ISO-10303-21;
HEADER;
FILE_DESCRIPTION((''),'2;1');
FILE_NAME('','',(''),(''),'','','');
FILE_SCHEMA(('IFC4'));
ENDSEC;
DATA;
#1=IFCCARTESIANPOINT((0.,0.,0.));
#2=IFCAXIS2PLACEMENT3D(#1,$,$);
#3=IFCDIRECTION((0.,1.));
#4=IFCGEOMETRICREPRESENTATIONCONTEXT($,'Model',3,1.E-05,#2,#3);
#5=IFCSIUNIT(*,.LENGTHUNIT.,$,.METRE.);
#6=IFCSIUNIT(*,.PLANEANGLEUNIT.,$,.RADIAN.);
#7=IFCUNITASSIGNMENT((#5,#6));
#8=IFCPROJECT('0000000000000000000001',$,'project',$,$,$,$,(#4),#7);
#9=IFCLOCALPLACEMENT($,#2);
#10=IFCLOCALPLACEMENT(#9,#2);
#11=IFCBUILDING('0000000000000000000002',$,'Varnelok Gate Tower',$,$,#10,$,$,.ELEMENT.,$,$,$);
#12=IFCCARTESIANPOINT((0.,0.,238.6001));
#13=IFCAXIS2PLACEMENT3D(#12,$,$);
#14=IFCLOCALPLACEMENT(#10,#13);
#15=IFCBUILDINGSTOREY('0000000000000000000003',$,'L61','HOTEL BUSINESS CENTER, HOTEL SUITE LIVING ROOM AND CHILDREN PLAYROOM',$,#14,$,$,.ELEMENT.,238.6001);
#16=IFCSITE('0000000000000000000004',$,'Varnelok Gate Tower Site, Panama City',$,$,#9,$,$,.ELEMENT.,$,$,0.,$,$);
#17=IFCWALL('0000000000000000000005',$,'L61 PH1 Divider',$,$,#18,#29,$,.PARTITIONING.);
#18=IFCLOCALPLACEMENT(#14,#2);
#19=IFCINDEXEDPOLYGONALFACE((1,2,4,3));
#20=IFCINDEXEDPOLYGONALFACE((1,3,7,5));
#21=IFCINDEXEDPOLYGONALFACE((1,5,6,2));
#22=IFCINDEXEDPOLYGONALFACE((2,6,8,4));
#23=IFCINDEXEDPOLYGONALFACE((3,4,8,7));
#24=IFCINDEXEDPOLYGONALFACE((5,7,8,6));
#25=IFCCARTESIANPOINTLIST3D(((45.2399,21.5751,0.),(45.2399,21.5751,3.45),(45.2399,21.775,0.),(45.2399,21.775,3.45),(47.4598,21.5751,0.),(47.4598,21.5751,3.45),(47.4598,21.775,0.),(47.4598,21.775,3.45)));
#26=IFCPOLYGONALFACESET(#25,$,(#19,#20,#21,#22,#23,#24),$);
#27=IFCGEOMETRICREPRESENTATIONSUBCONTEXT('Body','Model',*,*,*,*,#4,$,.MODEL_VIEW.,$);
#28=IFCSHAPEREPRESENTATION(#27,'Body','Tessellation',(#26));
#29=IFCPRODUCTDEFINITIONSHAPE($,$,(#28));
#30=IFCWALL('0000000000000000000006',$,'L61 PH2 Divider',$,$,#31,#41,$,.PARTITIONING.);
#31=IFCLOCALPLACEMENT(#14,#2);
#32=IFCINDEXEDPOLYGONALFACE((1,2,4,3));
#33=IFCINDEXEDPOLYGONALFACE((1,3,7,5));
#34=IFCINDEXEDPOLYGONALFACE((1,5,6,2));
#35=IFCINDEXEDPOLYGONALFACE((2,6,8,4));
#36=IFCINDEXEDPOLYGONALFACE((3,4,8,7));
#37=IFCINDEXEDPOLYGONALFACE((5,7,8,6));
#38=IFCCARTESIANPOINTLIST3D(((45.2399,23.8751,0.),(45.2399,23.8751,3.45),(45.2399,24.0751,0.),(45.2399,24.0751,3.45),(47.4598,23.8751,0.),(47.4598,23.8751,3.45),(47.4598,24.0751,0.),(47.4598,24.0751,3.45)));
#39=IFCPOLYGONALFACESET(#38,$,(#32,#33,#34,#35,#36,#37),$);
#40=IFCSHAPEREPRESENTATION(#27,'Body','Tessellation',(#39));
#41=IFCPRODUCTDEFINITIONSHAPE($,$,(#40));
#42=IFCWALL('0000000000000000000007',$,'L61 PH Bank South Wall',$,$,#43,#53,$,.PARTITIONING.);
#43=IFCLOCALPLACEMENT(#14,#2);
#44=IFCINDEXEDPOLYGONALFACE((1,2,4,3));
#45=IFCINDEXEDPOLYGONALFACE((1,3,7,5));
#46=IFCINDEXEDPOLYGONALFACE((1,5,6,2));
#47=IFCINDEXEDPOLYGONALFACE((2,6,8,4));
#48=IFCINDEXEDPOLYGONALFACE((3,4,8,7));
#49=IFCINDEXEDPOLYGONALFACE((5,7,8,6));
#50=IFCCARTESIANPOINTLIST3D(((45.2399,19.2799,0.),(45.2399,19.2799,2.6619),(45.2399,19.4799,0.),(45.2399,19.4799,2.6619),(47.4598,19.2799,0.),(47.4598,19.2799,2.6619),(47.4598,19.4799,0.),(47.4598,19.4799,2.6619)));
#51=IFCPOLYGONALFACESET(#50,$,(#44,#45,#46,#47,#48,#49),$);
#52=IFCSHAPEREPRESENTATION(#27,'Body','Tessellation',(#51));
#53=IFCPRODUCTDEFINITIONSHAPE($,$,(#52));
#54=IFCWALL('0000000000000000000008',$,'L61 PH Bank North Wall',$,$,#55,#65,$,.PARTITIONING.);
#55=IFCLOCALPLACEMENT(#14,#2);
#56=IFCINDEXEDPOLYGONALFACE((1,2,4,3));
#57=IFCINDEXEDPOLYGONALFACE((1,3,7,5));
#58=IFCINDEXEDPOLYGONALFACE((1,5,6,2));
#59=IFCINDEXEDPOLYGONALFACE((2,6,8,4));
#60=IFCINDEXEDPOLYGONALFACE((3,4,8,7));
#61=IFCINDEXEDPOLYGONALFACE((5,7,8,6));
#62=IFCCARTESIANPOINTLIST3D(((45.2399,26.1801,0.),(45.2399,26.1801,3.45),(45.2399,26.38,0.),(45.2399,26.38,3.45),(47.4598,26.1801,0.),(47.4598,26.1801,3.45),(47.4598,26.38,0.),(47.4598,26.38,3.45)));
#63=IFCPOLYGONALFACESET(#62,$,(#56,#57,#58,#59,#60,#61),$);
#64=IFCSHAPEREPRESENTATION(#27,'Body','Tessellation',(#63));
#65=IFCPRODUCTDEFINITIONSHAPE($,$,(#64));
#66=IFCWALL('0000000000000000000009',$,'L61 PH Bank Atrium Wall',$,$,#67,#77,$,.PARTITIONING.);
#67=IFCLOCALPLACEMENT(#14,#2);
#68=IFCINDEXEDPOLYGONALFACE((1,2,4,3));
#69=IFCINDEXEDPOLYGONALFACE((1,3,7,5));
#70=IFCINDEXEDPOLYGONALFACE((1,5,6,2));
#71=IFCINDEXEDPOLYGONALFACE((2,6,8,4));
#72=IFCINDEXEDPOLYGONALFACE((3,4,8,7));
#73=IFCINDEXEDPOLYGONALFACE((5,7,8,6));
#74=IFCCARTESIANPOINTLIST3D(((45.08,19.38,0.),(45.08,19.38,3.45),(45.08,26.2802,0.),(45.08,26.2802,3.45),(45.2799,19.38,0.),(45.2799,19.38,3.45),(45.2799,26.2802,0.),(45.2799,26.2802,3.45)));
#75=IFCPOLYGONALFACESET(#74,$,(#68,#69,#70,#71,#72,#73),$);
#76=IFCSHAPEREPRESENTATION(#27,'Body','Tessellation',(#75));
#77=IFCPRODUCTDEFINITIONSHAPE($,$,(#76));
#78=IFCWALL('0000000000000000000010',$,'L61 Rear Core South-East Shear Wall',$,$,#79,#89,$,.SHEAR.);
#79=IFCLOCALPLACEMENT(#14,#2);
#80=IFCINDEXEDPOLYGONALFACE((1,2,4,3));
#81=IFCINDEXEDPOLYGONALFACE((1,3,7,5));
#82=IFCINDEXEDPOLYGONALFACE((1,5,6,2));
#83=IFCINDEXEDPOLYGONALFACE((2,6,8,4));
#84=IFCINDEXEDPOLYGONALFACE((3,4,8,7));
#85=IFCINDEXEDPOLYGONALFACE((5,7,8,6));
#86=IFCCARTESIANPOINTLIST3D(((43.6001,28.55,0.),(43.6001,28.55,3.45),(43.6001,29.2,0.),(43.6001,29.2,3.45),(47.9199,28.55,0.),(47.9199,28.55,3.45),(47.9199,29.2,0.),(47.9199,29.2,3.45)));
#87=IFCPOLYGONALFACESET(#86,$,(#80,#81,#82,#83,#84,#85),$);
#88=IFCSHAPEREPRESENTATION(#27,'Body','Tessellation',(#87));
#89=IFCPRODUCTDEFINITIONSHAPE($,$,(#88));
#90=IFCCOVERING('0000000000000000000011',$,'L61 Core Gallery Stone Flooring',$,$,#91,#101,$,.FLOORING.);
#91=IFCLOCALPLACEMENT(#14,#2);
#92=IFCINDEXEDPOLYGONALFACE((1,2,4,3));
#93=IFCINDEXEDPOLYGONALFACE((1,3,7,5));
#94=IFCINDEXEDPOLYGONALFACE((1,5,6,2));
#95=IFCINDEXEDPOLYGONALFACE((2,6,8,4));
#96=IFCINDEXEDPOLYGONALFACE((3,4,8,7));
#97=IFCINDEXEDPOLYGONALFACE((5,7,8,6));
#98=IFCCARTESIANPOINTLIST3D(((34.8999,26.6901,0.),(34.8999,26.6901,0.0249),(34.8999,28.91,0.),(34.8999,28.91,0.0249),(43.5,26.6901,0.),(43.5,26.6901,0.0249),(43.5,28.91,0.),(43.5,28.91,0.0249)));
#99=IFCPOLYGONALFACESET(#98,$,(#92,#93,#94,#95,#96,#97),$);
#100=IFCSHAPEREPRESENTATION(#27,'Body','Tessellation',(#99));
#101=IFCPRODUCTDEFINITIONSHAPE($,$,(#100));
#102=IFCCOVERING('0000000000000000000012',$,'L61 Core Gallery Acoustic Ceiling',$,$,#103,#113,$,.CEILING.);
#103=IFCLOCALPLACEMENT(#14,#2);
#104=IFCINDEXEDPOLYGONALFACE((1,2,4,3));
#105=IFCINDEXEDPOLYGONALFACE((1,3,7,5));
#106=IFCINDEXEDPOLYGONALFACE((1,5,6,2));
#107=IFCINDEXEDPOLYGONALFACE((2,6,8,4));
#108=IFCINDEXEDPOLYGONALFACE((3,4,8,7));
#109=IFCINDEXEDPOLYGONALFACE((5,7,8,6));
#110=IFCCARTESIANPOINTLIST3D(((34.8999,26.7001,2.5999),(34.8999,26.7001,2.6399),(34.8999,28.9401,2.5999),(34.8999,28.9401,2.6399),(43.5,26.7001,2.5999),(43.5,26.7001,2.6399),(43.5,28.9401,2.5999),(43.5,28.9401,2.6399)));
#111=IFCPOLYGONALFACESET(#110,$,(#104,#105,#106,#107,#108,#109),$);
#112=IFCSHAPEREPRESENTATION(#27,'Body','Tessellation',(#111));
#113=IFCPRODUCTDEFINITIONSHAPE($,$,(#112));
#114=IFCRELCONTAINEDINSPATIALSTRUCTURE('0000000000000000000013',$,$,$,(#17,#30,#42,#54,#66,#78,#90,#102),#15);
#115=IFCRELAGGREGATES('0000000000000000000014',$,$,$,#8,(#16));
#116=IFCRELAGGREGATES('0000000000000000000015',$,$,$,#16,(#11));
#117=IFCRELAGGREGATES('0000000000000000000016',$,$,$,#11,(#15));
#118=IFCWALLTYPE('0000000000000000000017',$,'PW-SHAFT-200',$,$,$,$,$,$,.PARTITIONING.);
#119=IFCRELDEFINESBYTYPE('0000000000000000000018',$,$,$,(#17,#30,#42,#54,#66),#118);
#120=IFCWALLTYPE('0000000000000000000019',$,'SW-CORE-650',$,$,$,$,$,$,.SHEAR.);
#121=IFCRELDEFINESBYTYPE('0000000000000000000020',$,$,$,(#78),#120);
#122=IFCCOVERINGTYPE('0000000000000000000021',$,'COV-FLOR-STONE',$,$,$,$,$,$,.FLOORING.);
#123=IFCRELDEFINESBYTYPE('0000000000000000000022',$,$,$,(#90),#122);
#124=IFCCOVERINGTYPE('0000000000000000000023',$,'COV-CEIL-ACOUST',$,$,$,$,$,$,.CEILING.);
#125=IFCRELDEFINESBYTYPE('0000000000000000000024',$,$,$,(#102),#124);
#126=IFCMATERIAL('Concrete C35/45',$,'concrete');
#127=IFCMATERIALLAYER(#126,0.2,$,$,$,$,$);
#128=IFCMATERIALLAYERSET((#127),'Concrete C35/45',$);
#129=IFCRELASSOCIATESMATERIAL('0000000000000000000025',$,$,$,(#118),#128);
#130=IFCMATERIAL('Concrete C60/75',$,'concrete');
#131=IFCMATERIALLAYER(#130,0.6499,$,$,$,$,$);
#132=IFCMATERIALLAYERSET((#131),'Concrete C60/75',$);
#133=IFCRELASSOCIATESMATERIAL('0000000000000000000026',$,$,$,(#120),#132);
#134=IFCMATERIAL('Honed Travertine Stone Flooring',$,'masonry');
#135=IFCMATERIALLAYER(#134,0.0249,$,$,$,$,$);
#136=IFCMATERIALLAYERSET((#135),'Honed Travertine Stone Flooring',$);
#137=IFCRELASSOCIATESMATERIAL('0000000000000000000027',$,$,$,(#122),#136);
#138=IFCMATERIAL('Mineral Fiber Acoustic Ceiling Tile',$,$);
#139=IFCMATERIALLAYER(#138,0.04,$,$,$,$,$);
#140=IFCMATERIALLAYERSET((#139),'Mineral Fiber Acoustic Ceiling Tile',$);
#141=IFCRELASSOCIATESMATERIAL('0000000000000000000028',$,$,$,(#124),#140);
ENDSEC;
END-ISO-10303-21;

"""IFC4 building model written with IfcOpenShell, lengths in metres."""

from ifc_helpers import new_model, si_unit, direction, frame, frame_2d, origin, origin_2d, place, context, subcontext, project, spatial, rectangle, extrude, source, transform, mapped, material, layer, layer_set, type_object, element, save


model = new_model("IFC4")

# Units and contexts
model_context = context("Model", 3, precision=1e-05, world=origin(), true_north=direction((0.0, 1.0)))
body_context = subcontext(model_context, "Body", "Model", "MODEL_VIEW")
ifc_project = project(units=[si_unit("LENGTHUNIT", "METRE"), si_unit("PLANEANGLEUNIT", "RADIAN")], contexts=[model_context])

# Site, building, storey
site_placement = place(None, origin())
site = spatial("IfcSite", under=ifc_project, at=site_placement, Name="Varnelok Gate Tower Site, Panama City", CompositionType="ELEMENT", RefElevation=0.0)
building_placement = place(site_placement, origin())
building = spatial("IfcBuilding", under=site, at=building_placement, Name="Varnelok Gate Tower", CompositionType="ELEMENT")
storey_placement = place(building_placement, frame((0.0, 0.0, 238.6001)))
storey = spatial("IfcBuildingStorey", under=building, at=storey_placement, Name="L61", Description="HOTEL BUSINESS CENTER, HOTEL SUITE LIVING ROOM AND CHILDREN PLAYROOM", CompositionType="ELEMENT", Elevation=238.6001)

# Shared definitions
ifc_material_1 = material(Name="Concrete C60/75", Category="concrete")

# Walls
ifc_material_2 = material(Name="Concrete C35/45", Category="concrete")
ifc_layer_1 = layer(ifc_material_2, 0.2)
ifc_layer_set_1 = layer_set([ifc_layer_1], Name="Concrete C35/45")
wall_type_1 = type_object("IfcWallType", Name="PW-SHAFT-200", PredefinedType="PARTITIONING", material=ifc_layer_set_1)
for number, where, z_axis, x_axis, name in (
    (1, (45.24, 21.675, 0.0), (0.0, 0.0, 1.0), (1.0, 0.0, 0.0), "L61 PH1 Divider"),
    (2, (45.24, 23.9751, 0.0), (0.0, 0.0, 1.0), (1.0, 0.0, 0.0), "L61 PH2 Divider"),
):
    element("IfcWall", number, at=place(storey_placement, frame(where, z_axis=z_axis, x_axis=x_axis)), inside=storey, type_object=wall_type_1, Name=name, PredefinedType="PARTITIONING", context=body_context, shape_type="SweptSolid", body=[
        extrude(rectangle(XDim=2.22, YDim=0.2, at=frame_2d((1.1099, 0.0))), origin(), (0.0, 0.0, 1.0), 3.45),
    ])
wall_1_placement = place(storey_placement, frame((45.24, 19.3799, 0.0), z_axis=(0.0, 0.0, 1.0), x_axis=(1.0, 0.0, 0.0)))
element("IfcWall", 3, at=wall_1_placement, inside=storey, type_object=wall_type_1, Name="L61 PH Bank South Wall", PredefinedType="PARTITIONING", context=body_context, shape_type="SweptSolid", body=[
    extrude(rectangle(XDim=2.22, YDim=0.2, at=frame_2d((1.1099, 0.0))), origin(), (0.0, 0.0, 1.0), 2.6619),
])
wall_2_placement = place(storey_placement, frame((45.24, 26.28, 0.0), z_axis=(0.0, 0.0, 1.0), x_axis=(1.0, 0.0, 0.0)))
element("IfcWall", 4, at=wall_2_placement, inside=storey, type_object=wall_type_1, Name="L61 PH Bank North Wall", PredefinedType="PARTITIONING", context=body_context, shape_type="SweptSolid", body=[
    extrude(rectangle(XDim=2.22, YDim=0.2, at=frame_2d((1.1099, 0.0))), origin(), (0.0, 0.0, 1.0), 3.45),
])
wall_3_placement = place(storey_placement, frame((45.1799, 19.3799, 0.0), z_axis=(0.0, 0.0, 1.0), x_axis=(0.0, 1.0, 0.0)))
element("IfcWall", 5, at=wall_3_placement, inside=storey, type_object=wall_type_1, Name="L61 PH Bank Atrium Wall", PredefinedType="PARTITIONING", context=body_context, shape_type="SweptSolid", body=[
    extrude(rectangle(XDim=6.9001, YDim=0.2, at=frame_2d((3.4502, 0.0))), origin(), (0.0, 0.0, 1.0), 3.45),
])

# Wall
ifc_layer_2 = layer(ifc_material_1, 0.6499)
ifc_layer_set_2 = layer_set([ifc_layer_2], Name="Concrete C60/75")
wall_type_2 = type_object("IfcWallType", Name="SW-CORE-650", PredefinedType="SHEAR", material=ifc_layer_set_2)
wall_4_placement = place(storey_placement, frame((43.6001, 28.875, 0.0), z_axis=(0.0, 0.0, 1.0), x_axis=(1.0, 0.0, 0.0)))
element("IfcWall", 6, at=wall_4_placement, inside=storey, type_object=wall_type_2, Name="L61 Rear Core South-East Shear Wall", PredefinedType="SHEAR", context=body_context, shape_type="SweptSolid", body=[
    extrude(rectangle(XDim=4.3198, YDim=0.6499, at=frame_2d((2.1599, 0.0))), origin(), (0.0, 0.0, 1.0), 3.45),
])

# Coverings
ifc_material_3 = material(Name="Honed Travertine Stone Flooring", Category="masonry")
ifc_layer_3 = layer(ifc_material_3, 0.0249)
ifc_layer_set_3 = layer_set([ifc_layer_3], Name="Honed Travertine Stone Flooring")
covering_type_1 = type_object("IfcCoveringType", Name="COV-FLOR-STONE", PredefinedType="FLOORING", material=ifc_layer_set_3)
shared_shape_1 = source(origin(), body_context, "Body", "SweptSolid", [
    extrude(rectangle(XDim=8.6001, YDim=2.22, at=origin_2d()), origin(), (0.0, 0.0, 1.0), 0.0249),
])
covering_1_placement = place(storey_placement, frame((39.2, 27.8, 0.0), z_axis=(0.0, 0.0, 1.0), x_axis=(1.0, 0.0, 0.0)))
element("IfcCovering", 7, at=covering_1_placement, inside=storey, type_object=covering_type_1, Name="L61 Core Gallery Stone Flooring", PredefinedType="FLOORING", context=body_context, shape_type="MappedRepresentation", body=[
    mapped(shared_shape_1, transform((0.0, 0.0, 0.0), scale=1.0)),
])
ifc_material_4 = material(Name="Mineral Fiber Acoustic Ceiling Tile")
ifc_layer_4 = layer(ifc_material_4, 0.04)
ifc_layer_set_4 = layer_set([ifc_layer_4], Name="Mineral Fiber Acoustic Ceiling Tile")
covering_type_2 = type_object("IfcCoveringType", Name="COV-CEIL-ACOUST", PredefinedType="CEILING", material=ifc_layer_set_4)
shared_shape_2 = source(origin(), body_context, "Body", "SweptSolid", [
    extrude(rectangle(XDim=8.6001, YDim=2.24, at=origin_2d()), origin(), (0.0, 0.0, 1.0), 0.04),
])
covering_2_placement = place(storey_placement, frame((39.2, 27.8201, 2.5999), z_axis=(0.0, 0.0, 1.0), x_axis=(1.0, 0.0, 0.0)))
element("IfcCovering", 8, at=covering_2_placement, inside=storey, type_object=covering_type_2, Name="L61 Core Gallery Acoustic Ceiling", PredefinedType="CEILING", context=body_context, shape_type="MappedRepresentation", body=[
    mapped(shared_shape_2, transform((0.0, 0.0, 0.0), scale=1.0)),
])

save(model, "model.ifc")
